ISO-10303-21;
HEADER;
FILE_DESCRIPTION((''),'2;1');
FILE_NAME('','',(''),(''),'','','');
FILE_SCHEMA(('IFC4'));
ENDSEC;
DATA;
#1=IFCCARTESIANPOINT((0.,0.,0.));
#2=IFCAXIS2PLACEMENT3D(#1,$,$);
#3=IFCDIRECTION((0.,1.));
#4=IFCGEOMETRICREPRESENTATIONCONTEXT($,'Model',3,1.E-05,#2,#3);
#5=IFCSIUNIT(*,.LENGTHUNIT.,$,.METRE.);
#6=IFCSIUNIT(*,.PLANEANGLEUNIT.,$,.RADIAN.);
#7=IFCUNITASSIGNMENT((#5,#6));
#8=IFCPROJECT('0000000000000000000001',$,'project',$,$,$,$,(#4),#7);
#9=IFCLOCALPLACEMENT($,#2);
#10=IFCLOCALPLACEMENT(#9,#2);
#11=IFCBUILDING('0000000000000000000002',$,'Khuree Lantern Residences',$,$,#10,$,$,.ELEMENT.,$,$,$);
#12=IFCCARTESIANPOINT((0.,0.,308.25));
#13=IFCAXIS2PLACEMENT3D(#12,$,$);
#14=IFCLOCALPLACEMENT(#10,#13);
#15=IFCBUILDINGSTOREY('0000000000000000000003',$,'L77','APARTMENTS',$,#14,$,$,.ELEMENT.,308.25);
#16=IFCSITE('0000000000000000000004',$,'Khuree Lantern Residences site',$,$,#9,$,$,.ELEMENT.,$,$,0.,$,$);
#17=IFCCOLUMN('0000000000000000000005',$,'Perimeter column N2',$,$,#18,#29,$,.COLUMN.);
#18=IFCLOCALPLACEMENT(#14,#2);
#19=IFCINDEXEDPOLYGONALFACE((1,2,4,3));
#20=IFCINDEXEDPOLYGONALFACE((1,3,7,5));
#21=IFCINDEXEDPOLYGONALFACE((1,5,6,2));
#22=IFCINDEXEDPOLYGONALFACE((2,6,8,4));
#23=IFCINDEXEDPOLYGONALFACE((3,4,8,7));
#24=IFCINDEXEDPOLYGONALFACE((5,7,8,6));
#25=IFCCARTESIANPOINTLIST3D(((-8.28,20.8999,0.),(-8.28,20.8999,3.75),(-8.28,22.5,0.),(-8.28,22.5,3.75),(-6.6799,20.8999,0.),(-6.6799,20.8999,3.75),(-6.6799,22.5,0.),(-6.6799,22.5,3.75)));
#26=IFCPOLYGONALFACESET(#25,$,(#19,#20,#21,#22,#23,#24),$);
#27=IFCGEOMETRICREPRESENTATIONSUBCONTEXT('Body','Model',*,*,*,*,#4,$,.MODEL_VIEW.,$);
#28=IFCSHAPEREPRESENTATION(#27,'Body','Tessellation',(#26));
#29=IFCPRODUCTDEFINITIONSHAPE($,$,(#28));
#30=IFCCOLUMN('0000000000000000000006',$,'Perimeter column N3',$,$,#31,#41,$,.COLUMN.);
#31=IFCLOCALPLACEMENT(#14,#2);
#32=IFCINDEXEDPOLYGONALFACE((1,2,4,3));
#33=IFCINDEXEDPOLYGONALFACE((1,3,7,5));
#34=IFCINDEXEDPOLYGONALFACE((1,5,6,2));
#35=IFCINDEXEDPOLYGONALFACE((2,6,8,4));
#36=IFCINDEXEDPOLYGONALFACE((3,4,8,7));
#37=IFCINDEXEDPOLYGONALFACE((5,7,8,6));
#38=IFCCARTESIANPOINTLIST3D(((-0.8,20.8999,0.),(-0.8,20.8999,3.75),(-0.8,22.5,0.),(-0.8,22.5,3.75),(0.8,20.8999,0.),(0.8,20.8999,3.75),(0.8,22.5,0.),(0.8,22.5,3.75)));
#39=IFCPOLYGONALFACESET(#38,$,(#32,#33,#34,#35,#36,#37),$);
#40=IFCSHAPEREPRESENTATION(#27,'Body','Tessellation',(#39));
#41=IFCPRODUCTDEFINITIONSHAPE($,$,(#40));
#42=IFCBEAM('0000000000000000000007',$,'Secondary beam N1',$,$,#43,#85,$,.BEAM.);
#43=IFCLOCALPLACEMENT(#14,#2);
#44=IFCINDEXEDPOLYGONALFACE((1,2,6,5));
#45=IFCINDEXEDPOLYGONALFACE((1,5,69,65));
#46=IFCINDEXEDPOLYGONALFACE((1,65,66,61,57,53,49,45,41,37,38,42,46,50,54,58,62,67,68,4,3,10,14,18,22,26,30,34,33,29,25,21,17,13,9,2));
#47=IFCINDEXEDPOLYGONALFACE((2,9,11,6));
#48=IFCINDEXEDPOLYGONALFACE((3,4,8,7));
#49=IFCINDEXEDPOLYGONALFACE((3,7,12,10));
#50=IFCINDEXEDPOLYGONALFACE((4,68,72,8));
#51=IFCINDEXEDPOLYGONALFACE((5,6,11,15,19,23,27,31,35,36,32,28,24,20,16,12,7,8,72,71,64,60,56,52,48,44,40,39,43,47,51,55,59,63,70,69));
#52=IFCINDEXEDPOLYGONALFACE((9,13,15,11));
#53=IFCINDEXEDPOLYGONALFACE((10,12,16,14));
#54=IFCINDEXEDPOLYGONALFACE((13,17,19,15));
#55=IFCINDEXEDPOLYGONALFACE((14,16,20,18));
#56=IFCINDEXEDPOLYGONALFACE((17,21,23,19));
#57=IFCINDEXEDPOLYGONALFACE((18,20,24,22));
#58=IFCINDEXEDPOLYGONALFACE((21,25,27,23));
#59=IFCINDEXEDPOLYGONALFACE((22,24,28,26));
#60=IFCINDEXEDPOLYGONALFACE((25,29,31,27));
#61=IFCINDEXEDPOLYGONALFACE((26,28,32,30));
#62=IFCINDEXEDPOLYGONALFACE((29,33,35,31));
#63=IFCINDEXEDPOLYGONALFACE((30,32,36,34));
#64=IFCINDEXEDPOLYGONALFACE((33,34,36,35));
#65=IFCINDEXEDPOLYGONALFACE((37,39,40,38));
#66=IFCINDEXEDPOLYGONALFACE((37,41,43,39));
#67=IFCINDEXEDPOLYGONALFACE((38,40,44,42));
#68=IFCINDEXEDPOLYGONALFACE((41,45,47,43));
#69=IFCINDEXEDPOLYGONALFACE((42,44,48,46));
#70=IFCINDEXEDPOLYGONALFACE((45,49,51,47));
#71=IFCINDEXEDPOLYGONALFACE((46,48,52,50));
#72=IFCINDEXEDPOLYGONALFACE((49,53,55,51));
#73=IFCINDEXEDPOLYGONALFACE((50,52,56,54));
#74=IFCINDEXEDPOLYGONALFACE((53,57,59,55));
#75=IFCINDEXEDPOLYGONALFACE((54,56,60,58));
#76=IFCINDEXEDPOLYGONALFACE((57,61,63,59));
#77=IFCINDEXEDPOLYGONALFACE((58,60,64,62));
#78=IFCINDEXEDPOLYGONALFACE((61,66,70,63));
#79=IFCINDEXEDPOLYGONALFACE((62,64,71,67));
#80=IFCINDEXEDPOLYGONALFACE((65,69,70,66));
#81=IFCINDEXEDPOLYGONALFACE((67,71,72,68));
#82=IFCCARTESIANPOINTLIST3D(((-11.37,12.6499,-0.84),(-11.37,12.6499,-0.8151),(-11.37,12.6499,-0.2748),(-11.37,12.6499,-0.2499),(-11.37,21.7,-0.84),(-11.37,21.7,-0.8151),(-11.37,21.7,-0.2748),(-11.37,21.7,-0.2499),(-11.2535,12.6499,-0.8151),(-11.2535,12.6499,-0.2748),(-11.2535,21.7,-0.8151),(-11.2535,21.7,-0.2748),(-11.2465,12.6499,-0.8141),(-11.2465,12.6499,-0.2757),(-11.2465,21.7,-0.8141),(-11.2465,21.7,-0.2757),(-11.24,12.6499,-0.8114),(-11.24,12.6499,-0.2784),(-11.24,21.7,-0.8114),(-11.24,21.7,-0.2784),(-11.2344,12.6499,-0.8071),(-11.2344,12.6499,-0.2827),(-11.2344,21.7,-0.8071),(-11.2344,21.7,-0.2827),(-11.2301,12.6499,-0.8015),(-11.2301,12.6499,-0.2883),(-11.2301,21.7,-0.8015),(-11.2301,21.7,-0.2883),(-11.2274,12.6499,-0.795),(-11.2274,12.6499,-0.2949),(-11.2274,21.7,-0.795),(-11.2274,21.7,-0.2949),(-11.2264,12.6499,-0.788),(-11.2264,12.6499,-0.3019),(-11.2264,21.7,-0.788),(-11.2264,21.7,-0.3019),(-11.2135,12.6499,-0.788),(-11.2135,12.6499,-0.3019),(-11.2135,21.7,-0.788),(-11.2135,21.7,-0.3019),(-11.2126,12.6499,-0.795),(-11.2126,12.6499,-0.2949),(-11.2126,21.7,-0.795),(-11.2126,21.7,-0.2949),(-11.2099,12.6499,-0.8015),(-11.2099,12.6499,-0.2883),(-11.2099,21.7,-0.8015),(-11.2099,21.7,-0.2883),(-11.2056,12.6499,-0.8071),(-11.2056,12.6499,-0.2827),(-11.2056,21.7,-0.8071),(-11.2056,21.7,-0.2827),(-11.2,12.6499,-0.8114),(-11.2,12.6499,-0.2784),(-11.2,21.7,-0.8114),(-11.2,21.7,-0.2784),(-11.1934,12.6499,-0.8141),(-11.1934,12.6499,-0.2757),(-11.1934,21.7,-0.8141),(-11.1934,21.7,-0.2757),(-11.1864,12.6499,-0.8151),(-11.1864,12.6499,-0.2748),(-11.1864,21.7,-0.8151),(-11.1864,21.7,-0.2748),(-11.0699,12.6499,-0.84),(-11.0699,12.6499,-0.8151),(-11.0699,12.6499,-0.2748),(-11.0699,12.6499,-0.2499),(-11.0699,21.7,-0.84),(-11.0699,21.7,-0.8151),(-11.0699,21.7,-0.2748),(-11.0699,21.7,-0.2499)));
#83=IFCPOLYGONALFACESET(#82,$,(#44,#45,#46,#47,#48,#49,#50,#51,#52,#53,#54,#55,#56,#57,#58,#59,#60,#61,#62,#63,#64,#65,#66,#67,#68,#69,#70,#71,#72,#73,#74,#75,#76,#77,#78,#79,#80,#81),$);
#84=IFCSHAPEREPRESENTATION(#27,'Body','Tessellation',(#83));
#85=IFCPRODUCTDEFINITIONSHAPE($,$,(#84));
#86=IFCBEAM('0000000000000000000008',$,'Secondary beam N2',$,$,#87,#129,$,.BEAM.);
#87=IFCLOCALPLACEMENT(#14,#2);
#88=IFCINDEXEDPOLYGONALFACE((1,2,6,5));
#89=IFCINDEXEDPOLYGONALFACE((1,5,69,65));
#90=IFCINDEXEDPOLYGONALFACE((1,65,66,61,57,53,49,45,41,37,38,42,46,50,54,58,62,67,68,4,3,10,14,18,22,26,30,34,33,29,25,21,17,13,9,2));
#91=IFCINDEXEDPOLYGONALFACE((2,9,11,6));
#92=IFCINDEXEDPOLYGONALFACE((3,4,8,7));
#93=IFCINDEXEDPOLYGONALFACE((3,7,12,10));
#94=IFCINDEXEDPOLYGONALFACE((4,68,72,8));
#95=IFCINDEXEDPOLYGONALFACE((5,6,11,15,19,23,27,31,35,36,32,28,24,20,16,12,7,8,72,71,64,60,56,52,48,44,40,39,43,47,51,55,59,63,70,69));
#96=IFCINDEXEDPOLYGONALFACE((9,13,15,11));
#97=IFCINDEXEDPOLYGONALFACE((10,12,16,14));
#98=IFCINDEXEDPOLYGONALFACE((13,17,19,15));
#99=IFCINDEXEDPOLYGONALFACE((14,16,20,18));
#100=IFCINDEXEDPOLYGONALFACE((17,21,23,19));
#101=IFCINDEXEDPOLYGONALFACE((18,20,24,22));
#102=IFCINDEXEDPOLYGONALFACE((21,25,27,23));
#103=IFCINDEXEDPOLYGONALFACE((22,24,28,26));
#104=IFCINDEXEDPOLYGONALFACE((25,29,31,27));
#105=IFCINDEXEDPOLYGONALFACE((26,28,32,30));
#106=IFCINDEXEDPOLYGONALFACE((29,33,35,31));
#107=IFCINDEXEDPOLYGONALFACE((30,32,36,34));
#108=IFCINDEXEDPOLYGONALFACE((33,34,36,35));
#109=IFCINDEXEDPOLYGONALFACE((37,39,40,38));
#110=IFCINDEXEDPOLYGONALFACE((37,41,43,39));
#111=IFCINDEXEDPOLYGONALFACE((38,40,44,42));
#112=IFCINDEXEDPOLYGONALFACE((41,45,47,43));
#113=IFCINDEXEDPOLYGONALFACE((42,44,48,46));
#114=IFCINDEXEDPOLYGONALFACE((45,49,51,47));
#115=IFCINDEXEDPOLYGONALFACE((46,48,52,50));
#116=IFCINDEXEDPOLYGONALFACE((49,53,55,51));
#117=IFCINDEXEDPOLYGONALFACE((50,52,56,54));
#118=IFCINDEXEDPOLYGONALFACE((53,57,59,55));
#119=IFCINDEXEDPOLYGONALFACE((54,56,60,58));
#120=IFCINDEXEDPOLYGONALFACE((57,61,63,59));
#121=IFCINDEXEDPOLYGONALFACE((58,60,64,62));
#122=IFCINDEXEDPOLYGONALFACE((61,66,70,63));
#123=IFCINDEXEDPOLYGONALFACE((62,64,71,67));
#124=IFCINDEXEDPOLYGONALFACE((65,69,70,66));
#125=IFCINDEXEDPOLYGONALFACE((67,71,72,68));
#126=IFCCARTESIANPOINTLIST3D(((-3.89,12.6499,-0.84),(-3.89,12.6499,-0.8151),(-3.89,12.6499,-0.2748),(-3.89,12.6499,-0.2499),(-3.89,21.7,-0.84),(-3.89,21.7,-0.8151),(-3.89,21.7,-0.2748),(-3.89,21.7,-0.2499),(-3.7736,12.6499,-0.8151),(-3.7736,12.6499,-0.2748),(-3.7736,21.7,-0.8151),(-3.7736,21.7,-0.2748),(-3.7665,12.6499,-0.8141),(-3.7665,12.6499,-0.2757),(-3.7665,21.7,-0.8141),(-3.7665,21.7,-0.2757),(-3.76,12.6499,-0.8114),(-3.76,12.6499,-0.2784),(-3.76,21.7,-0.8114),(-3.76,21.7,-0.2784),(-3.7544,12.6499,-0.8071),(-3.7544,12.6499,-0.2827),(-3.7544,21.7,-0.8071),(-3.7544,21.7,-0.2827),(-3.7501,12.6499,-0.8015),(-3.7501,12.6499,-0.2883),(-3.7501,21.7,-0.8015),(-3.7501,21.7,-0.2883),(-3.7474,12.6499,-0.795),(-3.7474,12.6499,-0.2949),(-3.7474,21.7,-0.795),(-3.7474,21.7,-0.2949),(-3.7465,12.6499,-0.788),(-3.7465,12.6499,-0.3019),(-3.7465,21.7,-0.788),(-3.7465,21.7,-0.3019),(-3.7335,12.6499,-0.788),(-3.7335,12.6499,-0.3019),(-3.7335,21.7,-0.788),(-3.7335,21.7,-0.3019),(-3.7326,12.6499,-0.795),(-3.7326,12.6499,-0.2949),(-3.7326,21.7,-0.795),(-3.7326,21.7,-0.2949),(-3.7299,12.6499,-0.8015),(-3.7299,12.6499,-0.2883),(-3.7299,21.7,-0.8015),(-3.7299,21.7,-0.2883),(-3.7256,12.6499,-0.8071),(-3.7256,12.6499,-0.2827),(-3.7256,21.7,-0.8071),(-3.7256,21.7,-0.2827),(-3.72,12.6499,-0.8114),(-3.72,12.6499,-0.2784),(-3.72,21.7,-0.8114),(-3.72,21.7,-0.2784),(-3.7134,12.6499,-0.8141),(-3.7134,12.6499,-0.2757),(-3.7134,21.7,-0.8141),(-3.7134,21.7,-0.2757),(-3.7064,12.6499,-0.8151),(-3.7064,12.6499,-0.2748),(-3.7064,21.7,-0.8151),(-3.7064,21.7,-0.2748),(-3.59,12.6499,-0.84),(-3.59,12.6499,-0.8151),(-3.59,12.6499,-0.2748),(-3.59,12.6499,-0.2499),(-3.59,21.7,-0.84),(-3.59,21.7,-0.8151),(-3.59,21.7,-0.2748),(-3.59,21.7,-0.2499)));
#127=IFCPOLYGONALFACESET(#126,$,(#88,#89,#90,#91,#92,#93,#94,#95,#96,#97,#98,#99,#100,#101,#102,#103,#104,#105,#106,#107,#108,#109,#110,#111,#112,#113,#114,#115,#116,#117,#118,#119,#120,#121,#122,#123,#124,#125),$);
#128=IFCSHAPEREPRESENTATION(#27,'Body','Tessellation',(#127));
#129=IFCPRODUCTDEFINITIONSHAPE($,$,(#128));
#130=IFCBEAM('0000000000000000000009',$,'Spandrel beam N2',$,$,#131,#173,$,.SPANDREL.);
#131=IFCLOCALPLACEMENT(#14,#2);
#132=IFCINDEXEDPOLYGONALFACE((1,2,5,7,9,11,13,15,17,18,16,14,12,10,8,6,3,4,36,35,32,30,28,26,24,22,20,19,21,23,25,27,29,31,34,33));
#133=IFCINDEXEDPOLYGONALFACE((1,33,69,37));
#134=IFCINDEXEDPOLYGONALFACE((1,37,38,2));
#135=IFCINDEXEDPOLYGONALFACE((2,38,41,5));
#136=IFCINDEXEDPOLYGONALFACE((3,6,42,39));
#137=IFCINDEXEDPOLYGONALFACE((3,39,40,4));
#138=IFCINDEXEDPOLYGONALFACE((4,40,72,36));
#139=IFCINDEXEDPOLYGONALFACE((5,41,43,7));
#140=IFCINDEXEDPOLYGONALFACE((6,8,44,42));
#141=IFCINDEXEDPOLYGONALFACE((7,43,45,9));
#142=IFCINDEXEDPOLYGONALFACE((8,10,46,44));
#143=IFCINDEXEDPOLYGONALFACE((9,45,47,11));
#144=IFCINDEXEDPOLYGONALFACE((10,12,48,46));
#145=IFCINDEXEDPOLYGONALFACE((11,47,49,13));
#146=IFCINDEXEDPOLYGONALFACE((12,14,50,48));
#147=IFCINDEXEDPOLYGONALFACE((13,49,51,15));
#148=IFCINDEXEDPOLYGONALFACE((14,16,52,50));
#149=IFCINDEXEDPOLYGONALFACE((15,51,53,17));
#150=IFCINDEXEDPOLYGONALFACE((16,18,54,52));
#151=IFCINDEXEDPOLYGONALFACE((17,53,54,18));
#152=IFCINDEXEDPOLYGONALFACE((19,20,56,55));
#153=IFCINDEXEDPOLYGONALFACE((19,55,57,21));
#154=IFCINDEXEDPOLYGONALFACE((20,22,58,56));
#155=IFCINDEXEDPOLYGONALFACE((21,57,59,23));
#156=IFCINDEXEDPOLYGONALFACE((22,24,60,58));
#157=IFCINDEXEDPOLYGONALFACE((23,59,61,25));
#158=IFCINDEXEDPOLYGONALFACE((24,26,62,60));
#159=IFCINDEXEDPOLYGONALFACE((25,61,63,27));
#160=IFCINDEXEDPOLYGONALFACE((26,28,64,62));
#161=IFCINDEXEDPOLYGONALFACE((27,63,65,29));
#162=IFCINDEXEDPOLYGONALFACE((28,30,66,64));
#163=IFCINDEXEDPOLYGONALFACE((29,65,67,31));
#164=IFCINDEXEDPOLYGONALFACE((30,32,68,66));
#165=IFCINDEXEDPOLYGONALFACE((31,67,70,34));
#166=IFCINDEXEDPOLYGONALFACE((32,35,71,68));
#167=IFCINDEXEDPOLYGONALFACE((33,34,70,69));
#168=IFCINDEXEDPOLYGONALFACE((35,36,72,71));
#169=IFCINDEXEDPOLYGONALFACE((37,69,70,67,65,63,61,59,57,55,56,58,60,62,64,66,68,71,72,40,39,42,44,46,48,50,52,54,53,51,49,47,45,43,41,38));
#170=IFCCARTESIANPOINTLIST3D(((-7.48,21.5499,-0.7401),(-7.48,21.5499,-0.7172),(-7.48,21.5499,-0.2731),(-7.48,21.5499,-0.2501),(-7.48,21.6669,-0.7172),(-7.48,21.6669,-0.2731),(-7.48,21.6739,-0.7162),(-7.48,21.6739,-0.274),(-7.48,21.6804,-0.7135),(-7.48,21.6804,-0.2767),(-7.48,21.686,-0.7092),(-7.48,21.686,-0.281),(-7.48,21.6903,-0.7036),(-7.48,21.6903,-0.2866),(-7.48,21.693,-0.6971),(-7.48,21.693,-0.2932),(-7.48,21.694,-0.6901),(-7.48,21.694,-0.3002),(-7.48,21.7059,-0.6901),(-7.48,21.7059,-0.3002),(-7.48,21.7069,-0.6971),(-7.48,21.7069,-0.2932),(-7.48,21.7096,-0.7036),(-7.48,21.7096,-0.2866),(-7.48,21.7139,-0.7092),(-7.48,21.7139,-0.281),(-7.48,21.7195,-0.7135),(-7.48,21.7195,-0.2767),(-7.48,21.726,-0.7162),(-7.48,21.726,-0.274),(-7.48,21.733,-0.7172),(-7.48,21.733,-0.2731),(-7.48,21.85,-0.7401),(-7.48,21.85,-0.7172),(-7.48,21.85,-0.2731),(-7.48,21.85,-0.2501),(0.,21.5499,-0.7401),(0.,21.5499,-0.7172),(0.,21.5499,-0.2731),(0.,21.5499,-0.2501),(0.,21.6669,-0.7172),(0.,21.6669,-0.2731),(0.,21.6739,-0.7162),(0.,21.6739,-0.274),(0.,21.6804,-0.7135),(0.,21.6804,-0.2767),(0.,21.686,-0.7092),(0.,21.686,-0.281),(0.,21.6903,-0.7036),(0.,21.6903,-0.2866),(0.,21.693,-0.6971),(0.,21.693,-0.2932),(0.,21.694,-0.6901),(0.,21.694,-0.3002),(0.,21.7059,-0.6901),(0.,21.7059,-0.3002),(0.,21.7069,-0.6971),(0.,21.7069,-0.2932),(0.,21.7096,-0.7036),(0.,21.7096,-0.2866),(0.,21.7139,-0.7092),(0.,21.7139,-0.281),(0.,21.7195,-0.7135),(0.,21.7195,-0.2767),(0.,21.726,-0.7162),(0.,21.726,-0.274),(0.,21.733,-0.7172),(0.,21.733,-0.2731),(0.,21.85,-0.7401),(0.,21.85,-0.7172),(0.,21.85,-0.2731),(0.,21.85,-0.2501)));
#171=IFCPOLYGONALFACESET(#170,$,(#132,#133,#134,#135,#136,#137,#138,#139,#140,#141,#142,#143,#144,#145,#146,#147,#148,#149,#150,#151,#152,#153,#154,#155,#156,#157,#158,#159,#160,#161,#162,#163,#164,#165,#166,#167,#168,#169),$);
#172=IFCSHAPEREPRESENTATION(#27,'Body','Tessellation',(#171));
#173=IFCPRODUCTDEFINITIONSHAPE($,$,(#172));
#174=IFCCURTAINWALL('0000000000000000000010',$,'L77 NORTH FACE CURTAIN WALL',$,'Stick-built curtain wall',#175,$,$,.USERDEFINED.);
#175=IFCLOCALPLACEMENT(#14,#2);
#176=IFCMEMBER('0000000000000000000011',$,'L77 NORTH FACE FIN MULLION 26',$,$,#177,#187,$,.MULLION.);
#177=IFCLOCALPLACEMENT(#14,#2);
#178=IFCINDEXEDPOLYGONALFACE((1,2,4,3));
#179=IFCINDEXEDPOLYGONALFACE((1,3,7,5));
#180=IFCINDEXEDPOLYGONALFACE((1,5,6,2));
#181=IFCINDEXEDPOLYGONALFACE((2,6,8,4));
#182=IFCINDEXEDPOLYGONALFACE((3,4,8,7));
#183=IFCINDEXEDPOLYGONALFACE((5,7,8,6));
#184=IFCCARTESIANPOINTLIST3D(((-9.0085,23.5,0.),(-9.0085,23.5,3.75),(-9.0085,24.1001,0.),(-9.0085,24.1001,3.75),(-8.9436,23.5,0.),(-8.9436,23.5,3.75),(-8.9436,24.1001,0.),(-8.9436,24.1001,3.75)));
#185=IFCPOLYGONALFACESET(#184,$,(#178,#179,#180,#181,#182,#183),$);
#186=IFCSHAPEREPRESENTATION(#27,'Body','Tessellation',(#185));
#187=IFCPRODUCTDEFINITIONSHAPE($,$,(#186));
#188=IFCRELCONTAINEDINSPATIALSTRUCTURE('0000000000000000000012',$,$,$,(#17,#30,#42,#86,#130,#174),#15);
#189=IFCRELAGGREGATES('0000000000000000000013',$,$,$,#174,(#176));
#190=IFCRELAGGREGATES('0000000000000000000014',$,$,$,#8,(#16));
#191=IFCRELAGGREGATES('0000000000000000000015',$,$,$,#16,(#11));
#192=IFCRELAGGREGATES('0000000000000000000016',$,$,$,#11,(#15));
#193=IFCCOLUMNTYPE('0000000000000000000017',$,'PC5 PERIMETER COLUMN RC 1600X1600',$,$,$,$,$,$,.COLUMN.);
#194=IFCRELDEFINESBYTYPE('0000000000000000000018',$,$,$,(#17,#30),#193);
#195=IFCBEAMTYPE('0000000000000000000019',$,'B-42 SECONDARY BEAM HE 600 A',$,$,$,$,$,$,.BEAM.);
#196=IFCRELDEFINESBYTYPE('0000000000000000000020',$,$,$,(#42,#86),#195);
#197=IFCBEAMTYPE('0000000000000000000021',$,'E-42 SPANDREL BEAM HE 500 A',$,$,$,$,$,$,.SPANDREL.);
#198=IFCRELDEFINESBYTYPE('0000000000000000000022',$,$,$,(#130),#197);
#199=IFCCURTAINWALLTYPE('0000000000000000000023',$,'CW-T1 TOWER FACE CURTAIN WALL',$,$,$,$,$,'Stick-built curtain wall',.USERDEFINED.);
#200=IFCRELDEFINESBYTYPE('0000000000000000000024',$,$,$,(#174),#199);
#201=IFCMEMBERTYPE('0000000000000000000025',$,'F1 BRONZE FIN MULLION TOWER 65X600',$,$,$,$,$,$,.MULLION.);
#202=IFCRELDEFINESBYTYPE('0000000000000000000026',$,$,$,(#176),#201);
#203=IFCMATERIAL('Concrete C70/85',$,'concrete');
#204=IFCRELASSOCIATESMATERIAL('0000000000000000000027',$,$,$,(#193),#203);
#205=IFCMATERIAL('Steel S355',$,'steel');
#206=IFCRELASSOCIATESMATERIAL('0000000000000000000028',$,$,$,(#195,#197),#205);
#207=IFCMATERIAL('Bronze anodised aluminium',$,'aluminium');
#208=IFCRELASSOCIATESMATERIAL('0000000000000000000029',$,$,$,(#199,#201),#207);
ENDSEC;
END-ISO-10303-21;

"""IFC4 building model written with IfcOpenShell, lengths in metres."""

from ifc_helpers import new_model, si_unit, direction, frame, origin, origin_2d, place, context, subcontext, project, spatial, rectangle, i_section, extrude, material, material_profile, profile_set, type_object, element, aggregate, save


model = new_model("IFC4")

# Units and contexts
model_context = context("Model", 3, precision=1e-05, world=origin(), true_north=direction((0.0, 1.0)))
body_context = subcontext(model_context, "Body", "Model", "MODEL_VIEW")
ifc_project = project(units=[si_unit("LENGTHUNIT", "METRE"), si_unit("PLANEANGLEUNIT", "RADIAN")], contexts=[model_context])

# Site, building, storey
site_placement = place(None, origin())
site = spatial("IfcSite", under=ifc_project, at=site_placement, Name="Khuree Lantern Residences site", CompositionType="ELEMENT", RefElevation=0.0)
building_placement = place(site_placement, origin())
building = spatial("IfcBuilding", under=site, at=building_placement, Name="Khuree Lantern Residences", CompositionType="ELEMENT")
storey_placement = place(building_placement, frame((0.0, 0.0, 308.25)))
storey = spatial("IfcBuildingStorey", under=building, at=storey_placement, Name="L77", Description="APARTMENTS", CompositionType="ELEMENT", Elevation=308.25)

# Columns
ifc_material_1 = material(Name="Concrete C70/85", Category="concrete")
ifc_material_profile_1 = material_profile(ifc_material_1, rectangle(XDim=1.6001, YDim=1.6001, at=origin_2d()), Name="RC 1600X1600")
ifc_profile_set_1 = profile_set([ifc_material_profile_1], Name="Concrete C70/85")
column_type = type_object("IfcColumnType", Name="PC5 PERIMETER COLUMN RC 1600X1600", PredefinedType="COLUMN", material=ifc_profile_set_1)
for number, where, z_axis, x_axis, name in (
    (1, (-7.48, 21.7, 0.0), (0.0, 0.0, 1.0), (1.0, 0.0, 0.0), "Perimeter column N2"),
    (2, (0.0, 21.7, 0.0), (0.0, 0.0, 1.0), (1.0, 0.0, 0.0), "Perimeter column N3"),
):
    element("IfcColumn", number, at=place(storey_placement, frame(where, z_axis=z_axis, x_axis=x_axis)), inside=storey, type_object=column_type, Name=name, PredefinedType="COLUMN", context=body_context, shape_type="SweptSolid", body=[
        extrude(rectangle(XDim=1.6001, YDim=1.6001, at=origin_2d()), origin(), (0.0, 0.0, 1.0), 3.75),
    ])

# Beams
ifc_material_2 = material(Name="Steel S355", Category="steel")
ifc_material_profile_2 = material_profile(ifc_material_2, i_section(OverallWidth=0.3, OverallDepth=0.5901, WebThickness=0.0129, FlangeThickness=0.0249, FilletRadius=0.0271, at=origin_2d()), Name="HE 600 A")
ifc_profile_set_2 = profile_set([ifc_material_profile_2], Name="Steel S355")
beam_type_1 = type_object("IfcBeamType", Name="B-42 SECONDARY BEAM HE 600 A", PredefinedType="BEAM", material=ifc_profile_set_2)
for number, where, z_axis, x_axis, name in (
    (3, (-11.22, 21.7, -0.5449), (0.0, -1.0, 0.0), (1.0, 0.0, 0.0), "Secondary beam N1"),
    (4, (-3.74, 21.7, -0.5449), (0.0, -1.0, 0.0), (1.0, 0.0, 0.0), "Secondary beam N2"),
):
    element("IfcBeam", number, at=place(storey_placement, frame(where, z_axis=z_axis, x_axis=x_axis)), inside=storey, type_object=beam_type_1, Name=name, PredefinedType="BEAM", context=body_context, shape_type="SweptSolid", body=[
        extrude(i_section(OverallWidth=0.3, OverallDepth=0.5901, WebThickness=0.0129, FlangeThickness=0.0249, FilletRadius=0.0271, at=origin_2d()), origin(), (0.0, 0.0, 1.0), 9.05),
    ])
ifc_material_profile_3 = material_profile(ifc_material_2, i_section(OverallWidth=0.3, OverallDepth=0.49, WebThickness=0.012, FlangeThickness=0.0229, FilletRadius=0.0271, at=origin_2d()), Name="HE 500 A")
ifc_profile_set_3 = profile_set([ifc_material_profile_3], Name="Steel S355")
beam_type_2 = type_object("IfcBeamType", Name="E-42 SPANDREL BEAM HE 500 A", PredefinedType="SPANDREL", material=ifc_profile_set_3)
beam_1_placement = place(storey_placement, frame((-7.48, 21.7, -0.4951), z_axis=(1.0, 0.0, 0.0), x_axis=(0.0, 1.0, 0.0)))
element("IfcBeam", 5, at=beam_1_placement, inside=storey, type_object=beam_type_2, Name="Spandrel beam N2", PredefinedType="SPANDREL", context=body_context, shape_type="SweptSolid", body=[
    extrude(i_section(OverallWidth=0.3, OverallDepth=0.49, WebThickness=0.012, FlangeThickness=0.0229, FilletRadius=0.0271, at=origin_2d()), origin(), (0.0, 0.0, 1.0), 7.48),
])

# Curtain wall, member
ifc_material_3 = material(Name="Bronze anodised aluminium", Category="aluminium")
curtain_wall_type = type_object("IfcCurtainWallType", Name="CW-T1 TOWER FACE CURTAIN WALL", ElementType="Stick-built curtain wall", PredefinedType="USERDEFINED", material=ifc_material_3)
curtain_wall_placement = place(storey_placement, origin())
curtain_wall = element("IfcCurtainWall", 6, at=curtain_wall_placement, inside=storey, type_object=curtain_wall_type, Name="L77 NORTH FACE CURTAIN WALL", ObjectType="Stick-built curtain wall", PredefinedType="USERDEFINED")
ifc_material_profile_4 = material_profile(ifc_material_3, rectangle(XDim=0.0649, YDim=0.6001, at=origin_2d()), Name="F1 65X600")
ifc_profile_set_4 = profile_set([ifc_material_profile_4], Name="Bronze anodised aluminium")
member_type_1 = type_object("IfcMemberType", Name="F1 BRONZE FIN MULLION TOWER 65X600", PredefinedType="MULLION", material=ifc_profile_set_4)
member_1_placement = place(storey_placement, frame((-8.9761, 23.8, 0.0), z_axis=(0.0, 0.0, 1.0), x_axis=(-1.0, 0.0, 0.0)))
member_1 = element("IfcMember", 7, at=member_1_placement, type_object=member_type_1, Name="L77 NORTH FACE FIN MULLION 26", PredefinedType="MULLION", context=body_context, shape_type="SweptSolid", body=[
    extrude(rectangle(XDim=0.0649, YDim=0.6001, at=origin_2d()), origin(), (0.0, 0.0, 1.0), 3.75),
])

aggregate(curtain_wall, [member_1])

save(model, "model.ifc")
